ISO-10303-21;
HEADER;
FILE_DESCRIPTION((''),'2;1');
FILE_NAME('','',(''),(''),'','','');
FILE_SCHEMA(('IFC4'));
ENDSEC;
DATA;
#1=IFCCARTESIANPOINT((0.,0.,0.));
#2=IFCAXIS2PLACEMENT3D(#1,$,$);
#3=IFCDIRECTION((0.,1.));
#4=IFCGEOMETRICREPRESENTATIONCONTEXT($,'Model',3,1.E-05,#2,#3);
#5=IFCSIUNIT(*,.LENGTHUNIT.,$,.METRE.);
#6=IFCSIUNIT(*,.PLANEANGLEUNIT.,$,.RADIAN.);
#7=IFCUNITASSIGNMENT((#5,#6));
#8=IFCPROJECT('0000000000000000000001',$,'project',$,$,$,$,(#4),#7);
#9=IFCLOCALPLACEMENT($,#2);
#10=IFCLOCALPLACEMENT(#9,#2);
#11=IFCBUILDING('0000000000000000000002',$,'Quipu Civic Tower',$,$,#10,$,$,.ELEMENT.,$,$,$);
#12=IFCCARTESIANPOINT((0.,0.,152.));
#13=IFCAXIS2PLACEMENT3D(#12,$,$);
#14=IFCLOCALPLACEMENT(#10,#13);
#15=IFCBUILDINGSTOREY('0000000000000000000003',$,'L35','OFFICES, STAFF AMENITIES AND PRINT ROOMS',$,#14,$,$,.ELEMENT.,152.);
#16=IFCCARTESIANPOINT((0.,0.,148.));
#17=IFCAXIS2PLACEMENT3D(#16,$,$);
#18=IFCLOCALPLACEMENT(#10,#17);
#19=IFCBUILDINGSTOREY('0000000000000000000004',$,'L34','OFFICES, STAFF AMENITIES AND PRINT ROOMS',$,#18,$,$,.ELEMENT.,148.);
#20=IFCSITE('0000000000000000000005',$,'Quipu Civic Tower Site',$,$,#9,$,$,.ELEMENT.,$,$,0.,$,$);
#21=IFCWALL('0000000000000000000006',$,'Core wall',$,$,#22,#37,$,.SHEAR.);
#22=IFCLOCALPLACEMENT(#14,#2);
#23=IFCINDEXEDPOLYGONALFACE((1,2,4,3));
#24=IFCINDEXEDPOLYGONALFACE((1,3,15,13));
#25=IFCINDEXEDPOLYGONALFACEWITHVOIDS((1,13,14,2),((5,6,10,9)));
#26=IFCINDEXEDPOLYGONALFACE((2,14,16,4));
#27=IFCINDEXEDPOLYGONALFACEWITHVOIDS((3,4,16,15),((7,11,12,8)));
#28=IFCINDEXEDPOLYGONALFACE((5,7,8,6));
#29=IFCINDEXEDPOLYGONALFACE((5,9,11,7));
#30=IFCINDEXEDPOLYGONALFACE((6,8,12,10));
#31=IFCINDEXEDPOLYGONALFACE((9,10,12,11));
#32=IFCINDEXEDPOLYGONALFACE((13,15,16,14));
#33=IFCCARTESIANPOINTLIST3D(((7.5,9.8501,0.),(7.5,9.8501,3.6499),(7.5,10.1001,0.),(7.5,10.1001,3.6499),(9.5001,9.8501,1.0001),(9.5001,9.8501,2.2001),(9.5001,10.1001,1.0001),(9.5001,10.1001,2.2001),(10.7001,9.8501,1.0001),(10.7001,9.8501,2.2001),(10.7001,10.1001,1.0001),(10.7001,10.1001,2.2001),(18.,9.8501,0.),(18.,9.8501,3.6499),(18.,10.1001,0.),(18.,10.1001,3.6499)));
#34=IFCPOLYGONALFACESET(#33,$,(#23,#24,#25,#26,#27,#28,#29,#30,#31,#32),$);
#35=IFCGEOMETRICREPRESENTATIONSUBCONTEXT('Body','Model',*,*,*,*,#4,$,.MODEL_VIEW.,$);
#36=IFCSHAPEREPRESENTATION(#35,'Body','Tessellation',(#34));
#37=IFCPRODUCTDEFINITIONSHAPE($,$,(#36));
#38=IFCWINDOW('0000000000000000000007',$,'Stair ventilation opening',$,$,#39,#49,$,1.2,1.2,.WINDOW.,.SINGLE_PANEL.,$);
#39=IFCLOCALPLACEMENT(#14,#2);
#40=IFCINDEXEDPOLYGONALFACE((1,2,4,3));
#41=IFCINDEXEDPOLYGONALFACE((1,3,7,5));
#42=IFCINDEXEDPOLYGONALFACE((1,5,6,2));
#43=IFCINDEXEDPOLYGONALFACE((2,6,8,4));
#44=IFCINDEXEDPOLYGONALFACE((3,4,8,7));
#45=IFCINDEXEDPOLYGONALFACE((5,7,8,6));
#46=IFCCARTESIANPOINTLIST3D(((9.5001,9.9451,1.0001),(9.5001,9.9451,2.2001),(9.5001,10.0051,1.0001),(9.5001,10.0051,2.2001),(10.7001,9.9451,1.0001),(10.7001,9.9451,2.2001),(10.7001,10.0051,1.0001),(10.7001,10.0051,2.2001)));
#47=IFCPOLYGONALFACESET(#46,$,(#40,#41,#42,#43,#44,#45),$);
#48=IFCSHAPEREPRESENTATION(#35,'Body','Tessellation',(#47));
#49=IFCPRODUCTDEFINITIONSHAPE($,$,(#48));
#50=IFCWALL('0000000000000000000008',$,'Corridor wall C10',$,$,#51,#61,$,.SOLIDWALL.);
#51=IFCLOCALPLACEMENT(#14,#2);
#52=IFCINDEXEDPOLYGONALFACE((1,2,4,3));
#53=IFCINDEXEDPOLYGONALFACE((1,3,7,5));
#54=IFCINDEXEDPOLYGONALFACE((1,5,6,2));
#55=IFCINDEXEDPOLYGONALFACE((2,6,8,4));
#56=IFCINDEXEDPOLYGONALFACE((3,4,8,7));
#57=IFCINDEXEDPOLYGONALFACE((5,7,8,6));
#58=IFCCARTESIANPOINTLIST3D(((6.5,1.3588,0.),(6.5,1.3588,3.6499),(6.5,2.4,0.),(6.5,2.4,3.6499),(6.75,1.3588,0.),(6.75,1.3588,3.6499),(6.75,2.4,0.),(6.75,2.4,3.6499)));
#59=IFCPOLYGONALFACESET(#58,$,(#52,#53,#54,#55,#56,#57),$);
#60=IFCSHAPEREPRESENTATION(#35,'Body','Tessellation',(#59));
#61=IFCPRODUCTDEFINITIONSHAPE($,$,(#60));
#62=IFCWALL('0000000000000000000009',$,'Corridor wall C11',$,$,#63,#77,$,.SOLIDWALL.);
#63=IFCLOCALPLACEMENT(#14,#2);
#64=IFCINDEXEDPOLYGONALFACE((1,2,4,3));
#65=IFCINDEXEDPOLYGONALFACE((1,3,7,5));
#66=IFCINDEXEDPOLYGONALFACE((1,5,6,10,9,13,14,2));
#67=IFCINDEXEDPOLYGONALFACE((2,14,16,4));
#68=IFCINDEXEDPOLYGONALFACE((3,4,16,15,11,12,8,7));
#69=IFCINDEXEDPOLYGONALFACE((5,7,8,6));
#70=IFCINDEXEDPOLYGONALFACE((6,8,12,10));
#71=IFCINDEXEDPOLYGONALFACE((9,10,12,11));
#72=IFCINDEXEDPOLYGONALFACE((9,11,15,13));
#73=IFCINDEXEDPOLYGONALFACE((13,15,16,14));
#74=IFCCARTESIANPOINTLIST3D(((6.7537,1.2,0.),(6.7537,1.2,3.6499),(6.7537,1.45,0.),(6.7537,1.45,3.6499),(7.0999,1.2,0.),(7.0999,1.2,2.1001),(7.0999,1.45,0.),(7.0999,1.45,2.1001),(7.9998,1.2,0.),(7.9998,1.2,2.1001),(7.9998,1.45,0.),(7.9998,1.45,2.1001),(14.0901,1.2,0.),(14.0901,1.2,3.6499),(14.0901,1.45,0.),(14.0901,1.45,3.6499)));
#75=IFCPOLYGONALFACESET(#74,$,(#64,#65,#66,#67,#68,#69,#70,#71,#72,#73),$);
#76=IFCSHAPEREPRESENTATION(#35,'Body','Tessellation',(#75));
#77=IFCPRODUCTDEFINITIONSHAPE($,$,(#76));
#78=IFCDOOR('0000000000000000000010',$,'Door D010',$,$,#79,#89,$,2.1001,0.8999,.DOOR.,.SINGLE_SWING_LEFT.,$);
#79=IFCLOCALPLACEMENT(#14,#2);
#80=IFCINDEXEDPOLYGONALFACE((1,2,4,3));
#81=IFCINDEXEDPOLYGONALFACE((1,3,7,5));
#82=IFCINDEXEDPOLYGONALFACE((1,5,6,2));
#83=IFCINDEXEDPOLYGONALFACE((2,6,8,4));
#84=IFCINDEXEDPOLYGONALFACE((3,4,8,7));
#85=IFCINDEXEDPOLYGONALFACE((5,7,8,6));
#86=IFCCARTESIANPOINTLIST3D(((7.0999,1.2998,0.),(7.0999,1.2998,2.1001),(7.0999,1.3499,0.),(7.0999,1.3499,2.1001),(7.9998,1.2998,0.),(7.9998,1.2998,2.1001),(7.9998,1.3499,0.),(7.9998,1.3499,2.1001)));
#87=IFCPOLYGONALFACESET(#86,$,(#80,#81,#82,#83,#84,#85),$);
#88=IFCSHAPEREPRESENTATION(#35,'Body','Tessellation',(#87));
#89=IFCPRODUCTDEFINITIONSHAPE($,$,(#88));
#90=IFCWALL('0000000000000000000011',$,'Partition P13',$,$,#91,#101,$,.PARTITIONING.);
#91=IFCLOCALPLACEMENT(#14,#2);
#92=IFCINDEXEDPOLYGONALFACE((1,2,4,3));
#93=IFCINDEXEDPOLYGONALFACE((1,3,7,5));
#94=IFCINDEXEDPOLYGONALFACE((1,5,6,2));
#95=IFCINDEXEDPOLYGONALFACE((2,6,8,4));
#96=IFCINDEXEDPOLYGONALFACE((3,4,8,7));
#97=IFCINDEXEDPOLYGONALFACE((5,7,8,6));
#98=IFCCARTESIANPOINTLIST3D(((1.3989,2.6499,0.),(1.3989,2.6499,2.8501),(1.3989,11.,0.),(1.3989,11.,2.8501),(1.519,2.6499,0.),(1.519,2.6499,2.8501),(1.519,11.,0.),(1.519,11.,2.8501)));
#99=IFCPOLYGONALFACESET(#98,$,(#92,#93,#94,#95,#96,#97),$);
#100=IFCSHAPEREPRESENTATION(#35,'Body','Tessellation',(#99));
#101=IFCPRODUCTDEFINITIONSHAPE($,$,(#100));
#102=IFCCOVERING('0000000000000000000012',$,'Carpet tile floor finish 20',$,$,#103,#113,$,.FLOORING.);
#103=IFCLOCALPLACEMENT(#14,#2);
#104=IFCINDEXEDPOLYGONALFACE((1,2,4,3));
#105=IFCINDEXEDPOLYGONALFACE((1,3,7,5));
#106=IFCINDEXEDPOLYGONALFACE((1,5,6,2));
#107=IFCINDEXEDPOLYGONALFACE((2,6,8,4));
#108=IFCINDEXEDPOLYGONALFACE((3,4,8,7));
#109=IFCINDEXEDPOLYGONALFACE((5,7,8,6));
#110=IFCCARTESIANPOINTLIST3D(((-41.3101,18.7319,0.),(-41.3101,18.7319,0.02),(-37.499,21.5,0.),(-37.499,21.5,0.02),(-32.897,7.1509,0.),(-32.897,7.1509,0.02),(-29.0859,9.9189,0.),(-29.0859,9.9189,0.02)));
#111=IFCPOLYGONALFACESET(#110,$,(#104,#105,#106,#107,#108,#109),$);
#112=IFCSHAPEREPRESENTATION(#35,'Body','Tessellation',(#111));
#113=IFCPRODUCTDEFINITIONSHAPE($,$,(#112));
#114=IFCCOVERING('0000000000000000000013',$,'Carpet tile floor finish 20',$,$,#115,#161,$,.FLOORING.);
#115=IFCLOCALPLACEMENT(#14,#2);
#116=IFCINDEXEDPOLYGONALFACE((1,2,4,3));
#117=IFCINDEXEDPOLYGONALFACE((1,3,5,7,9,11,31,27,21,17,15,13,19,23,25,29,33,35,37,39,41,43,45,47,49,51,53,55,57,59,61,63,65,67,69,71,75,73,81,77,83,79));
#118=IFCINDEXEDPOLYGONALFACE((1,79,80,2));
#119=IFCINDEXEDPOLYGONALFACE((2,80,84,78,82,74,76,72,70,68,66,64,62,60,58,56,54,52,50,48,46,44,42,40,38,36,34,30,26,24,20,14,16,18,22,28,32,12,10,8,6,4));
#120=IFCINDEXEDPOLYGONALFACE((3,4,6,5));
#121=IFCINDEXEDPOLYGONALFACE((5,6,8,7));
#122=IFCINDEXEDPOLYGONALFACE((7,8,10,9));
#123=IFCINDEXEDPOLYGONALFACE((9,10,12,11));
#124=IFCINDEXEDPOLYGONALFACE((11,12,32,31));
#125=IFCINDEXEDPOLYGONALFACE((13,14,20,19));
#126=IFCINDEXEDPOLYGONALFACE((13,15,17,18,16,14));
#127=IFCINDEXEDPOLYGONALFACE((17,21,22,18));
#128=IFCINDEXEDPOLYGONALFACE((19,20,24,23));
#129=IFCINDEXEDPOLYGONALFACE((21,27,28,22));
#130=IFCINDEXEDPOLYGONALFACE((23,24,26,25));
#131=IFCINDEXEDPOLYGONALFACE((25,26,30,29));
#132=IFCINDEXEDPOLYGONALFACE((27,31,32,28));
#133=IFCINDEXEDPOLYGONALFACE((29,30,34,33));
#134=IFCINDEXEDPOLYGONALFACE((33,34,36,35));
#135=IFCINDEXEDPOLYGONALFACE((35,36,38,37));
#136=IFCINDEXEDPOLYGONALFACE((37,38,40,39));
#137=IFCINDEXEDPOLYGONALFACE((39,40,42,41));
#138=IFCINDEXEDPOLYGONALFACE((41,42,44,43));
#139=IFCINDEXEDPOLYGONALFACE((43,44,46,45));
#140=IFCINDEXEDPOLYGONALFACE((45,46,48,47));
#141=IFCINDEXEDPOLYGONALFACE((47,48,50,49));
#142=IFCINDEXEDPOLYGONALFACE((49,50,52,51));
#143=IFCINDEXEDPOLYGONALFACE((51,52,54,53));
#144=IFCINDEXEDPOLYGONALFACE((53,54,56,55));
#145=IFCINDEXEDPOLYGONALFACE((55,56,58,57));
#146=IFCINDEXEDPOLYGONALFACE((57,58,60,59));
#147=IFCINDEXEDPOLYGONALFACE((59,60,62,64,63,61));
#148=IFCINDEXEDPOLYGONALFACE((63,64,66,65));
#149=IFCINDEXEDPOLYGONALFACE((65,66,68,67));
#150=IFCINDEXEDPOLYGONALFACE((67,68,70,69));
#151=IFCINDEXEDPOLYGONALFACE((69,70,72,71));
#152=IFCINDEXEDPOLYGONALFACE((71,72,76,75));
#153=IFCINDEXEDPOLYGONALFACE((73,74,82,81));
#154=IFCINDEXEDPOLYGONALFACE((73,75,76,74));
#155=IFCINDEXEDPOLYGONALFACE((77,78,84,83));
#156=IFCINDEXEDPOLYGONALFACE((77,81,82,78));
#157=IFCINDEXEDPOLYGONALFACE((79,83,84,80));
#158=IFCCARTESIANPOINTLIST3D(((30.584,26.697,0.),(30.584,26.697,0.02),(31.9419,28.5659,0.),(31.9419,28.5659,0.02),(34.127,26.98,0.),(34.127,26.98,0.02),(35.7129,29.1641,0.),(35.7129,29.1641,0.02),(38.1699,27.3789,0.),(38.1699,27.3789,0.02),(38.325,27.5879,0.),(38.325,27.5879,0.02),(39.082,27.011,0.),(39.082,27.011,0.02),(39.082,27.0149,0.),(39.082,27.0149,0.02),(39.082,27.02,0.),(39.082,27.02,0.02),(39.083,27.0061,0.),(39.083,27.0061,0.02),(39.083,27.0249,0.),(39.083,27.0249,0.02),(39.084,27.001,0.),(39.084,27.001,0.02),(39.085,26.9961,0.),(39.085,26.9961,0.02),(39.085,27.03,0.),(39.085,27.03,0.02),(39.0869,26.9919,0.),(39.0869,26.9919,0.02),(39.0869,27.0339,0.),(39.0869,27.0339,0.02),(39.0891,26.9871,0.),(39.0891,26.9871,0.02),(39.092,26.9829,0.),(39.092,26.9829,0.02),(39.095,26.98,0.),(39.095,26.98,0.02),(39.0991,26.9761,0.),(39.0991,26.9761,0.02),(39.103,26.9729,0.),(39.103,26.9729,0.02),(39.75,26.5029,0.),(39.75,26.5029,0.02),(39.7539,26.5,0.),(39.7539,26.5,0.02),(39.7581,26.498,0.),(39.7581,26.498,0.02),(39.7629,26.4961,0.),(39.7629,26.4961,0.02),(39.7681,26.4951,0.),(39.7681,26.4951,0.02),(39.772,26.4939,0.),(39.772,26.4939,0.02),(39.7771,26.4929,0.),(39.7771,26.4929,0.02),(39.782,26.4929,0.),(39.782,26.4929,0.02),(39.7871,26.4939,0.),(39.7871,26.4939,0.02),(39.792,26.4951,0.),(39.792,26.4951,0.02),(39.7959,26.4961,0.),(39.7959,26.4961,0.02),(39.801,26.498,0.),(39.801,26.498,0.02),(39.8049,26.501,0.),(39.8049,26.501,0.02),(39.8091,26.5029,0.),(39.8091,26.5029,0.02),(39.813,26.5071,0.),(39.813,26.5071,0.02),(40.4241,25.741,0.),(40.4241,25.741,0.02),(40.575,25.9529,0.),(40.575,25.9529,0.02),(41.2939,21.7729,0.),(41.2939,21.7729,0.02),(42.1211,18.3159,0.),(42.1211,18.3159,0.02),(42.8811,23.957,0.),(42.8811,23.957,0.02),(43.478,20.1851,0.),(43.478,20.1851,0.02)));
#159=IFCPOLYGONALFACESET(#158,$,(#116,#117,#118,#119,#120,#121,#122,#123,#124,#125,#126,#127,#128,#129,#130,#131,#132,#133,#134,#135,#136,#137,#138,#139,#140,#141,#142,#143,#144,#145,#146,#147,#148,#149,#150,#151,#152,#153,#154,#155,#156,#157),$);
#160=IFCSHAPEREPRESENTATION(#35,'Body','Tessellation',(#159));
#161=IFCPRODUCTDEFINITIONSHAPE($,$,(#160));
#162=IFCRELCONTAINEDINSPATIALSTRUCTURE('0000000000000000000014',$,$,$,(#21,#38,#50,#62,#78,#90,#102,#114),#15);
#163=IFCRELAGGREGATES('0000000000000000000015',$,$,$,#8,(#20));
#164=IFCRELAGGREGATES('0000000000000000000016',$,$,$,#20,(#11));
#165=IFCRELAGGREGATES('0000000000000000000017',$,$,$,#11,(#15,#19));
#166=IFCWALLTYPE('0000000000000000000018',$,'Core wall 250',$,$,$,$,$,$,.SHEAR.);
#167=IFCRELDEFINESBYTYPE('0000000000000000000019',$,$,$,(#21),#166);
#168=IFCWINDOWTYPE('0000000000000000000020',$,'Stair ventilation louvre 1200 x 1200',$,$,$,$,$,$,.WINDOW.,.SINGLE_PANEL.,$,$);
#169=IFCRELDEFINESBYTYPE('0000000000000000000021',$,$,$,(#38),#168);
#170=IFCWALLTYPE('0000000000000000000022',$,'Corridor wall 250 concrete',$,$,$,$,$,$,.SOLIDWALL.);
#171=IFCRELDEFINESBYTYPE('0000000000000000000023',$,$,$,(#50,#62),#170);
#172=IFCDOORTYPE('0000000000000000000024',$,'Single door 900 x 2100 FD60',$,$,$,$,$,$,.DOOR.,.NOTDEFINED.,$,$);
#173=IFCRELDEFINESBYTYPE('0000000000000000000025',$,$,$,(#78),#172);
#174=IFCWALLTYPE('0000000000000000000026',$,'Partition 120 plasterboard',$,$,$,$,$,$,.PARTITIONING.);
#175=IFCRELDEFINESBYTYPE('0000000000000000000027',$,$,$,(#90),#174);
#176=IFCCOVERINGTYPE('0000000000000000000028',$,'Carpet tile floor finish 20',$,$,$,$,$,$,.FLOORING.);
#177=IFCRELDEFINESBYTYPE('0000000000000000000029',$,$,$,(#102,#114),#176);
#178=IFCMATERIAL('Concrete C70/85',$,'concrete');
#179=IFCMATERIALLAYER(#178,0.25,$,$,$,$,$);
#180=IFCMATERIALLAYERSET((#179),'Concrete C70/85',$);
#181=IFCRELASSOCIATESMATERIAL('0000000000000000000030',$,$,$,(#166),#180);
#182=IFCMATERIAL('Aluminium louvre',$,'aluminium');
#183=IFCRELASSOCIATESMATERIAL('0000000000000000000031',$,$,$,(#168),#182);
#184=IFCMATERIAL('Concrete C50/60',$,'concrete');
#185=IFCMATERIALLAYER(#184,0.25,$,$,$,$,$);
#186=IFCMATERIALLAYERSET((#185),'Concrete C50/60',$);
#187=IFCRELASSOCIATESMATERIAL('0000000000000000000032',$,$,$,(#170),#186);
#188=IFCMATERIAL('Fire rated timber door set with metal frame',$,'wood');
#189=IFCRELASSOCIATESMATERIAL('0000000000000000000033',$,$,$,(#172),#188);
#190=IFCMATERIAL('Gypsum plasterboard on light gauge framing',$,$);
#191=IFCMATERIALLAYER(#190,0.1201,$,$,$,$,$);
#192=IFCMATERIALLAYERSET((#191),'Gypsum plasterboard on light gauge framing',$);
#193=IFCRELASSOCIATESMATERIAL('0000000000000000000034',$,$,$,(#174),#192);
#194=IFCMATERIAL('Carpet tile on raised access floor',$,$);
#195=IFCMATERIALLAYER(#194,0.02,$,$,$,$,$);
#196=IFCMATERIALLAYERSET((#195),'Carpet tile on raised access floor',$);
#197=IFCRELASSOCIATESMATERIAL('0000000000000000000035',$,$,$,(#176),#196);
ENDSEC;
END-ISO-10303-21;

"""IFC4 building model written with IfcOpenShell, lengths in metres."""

from ifc_helpers import new_model, si_unit, direction, frame, frame_2d, origin, place, context, subcontext, project, spatial, polyline, rectangle, outline, extrude, material, layer, layer_set, type_object, element, fill, save


model = new_model("IFC4")

# Units and contexts
model_context = context("Model", 3, precision=1e-05, world=origin(), true_north=direction((0.0, 1.0)))
body_context = subcontext(model_context, "Body", "Model", "MODEL_VIEW")
ifc_project = project(units=[si_unit("LENGTHUNIT", "METRE"), si_unit("PLANEANGLEUNIT", "RADIAN")], contexts=[model_context])

# Site, building, storey
site_placement = place(None, origin())
site = spatial("IfcSite", under=ifc_project, at=site_placement, Name="Quipu Civic Tower Site", CompositionType="ELEMENT", RefElevation=0.0)
building_placement = place(site_placement, origin())
building = spatial("IfcBuilding", under=site, at=building_placement, Name="Quipu Civic Tower", CompositionType="ELEMENT")
storey_1_placement = place(building_placement, frame((0.0, 0.0, 152.0)))
storey_1 = spatial("IfcBuildingStorey", under=building, at=storey_1_placement, Name="L35", Description="OFFICES, STAFF AMENITIES AND PRINT ROOMS", CompositionType="ELEMENT", Elevation=152.0)

# Shared definitions
storey_2_placement = place(building_placement, frame((0.0, 0.0, 148.0)))
storey_2 = spatial("IfcBuildingStorey", under=building, at=storey_2_placement, Name="L34", Description="OFFICES, STAFF AMENITIES AND PRINT ROOMS", CompositionType="ELEMENT", Elevation=148.0)

# Shared definitions
ifc_material_1 = material(Name="Concrete C70/85", Category="concrete")
ifc_layer_1 = layer(ifc_material_1, 0.25)
ifc_layer_set_1 = layer_set([ifc_layer_1], Name="Concrete C70/85")
wall_type_1 = type_object("IfcWallType", Name="Core wall 250", PredefinedType="SHEAR", material=ifc_layer_set_1)

# Wall, opening, window
wall_1_placement = place(storey_1_placement, frame((7.5, 9.9751, 0.0), z_axis=(0.0, 0.0, 1.0), x_axis=(1.0, 0.0, 0.0)))
wall_1 = element("IfcWall", 1, at=wall_1_placement, inside=storey_1, type_object=wall_type_1, Name="Core wall", PredefinedType="SHEAR", context=body_context, shape_type="SweptSolid", body=[
    extrude(rectangle(XDim=10.5, YDim=0.25, at=frame_2d((5.25, 0.0))), origin(), (0.0, 0.0, 1.0), 3.6499),
])
opening_1_placement = place(wall_1_placement, frame((2.0, 0.0, 1.0)))
opening_1 = element("IfcOpeningElement", 2, at=opening_1_placement, cuts=wall_1, PredefinedType="OPENING", context=body_context, shape_type="SweptSolid", body=[
    extrude(rectangle(XDim=1.2, YDim=1.2, at=frame_2d((0.6001, 0.6001))), frame((0.0, 0.135, 0.0), z_axis=(0.0, -1.0, 0.0), x_axis=(1.0, 0.0, 0.0)), (0.0, 0.0, 1.0), 0.27),
])
ifc_material_2 = material(Name="Aluminium louvre", Category="aluminium")
window_type = type_object("IfcWindowType", Name="Stair ventilation louvre 1200 x 1200", PartitioningType="SINGLE_PANEL", PredefinedType="WINDOW", material=ifc_material_2)
window_placement = place(opening_1_placement, origin())
window = element("IfcWindow", 3, at=window_placement, inside=storey_1, type_object=window_type, Name="Stair ventilation opening", OverallHeight=1.2, OverallWidth=1.2, PartitioningType="SINGLE_PANEL", PredefinedType="WINDOW", context=body_context, shape_type="SweptSolid", body=[
    extrude(rectangle(XDim=1.2, YDim=1.2, at=frame_2d((0.6001, 0.6001))), frame((0.0, 0.03, 0.0), z_axis=(0.0, -1.0, 0.0), x_axis=(1.0, 0.0, 0.0)), (0.0, 0.0, 1.0), 0.0601),
])
fill(opening_1, window)

# Wall
ifc_material_3 = material(Name="Concrete C50/60", Category="concrete")
ifc_layer_2 = layer(ifc_material_3, 0.25)
ifc_layer_set_2 = layer_set([ifc_layer_2], Name="Concrete C50/60")
wall_type_2 = type_object("IfcWallType", Name="Corridor wall 250 concrete", PredefinedType="SOLIDWALL", material=ifc_layer_set_2)
wall_2_placement = place(storey_1_placement, frame((6.625, 2.3999, 0.0), z_axis=(0.0, 0.0, 1.0), x_axis=(0.0, -1.0, 0.0)))
element("IfcWall", 4, at=wall_2_placement, inside=storey_1, type_object=wall_type_2, Name="Corridor wall C10", PredefinedType="SOLIDWALL", context=body_context, shape_type="SweptSolid", body=[
    extrude(rectangle(XDim=1.0413, YDim=0.25, at=frame_2d((0.5205, 0.0))), origin(), (0.0, 0.0, 1.0), 3.6499),
])

# Wall, opening, door
wall_3_placement = place(storey_1_placement, frame((6.7537, 1.325, 0.0), z_axis=(0.0, 0.0, 1.0), x_axis=(1.0, 0.0, 0.0)))
wall_3 = element("IfcWall", 5, at=wall_3_placement, inside=storey_1, type_object=wall_type_2, Name="Corridor wall C11", PredefinedType="SOLIDWALL", context=body_context, shape_type="SweptSolid", body=[
    extrude(rectangle(XDim=7.3364, YDim=0.25, at=frame_2d((3.6682, 0.0))), origin(), (0.0, 0.0, 1.0), 3.6499),
])
opening_2_placement = place(wall_3_placement, frame((0.3462, 0.0, 0.0)))
opening_2 = element("IfcOpeningElement", 6, at=opening_2_placement, cuts=wall_3, PredefinedType="OPENING", context=body_context, shape_type="SweptSolid", body=[
    extrude(rectangle(XDim=0.8999, YDim=2.1001, at=frame_2d((0.45, 1.05))), frame((0.0, 0.135, 0.0), z_axis=(0.0, -1.0, 0.0), x_axis=(1.0, 0.0, 0.0)), (0.0, 0.0, 1.0), 0.27),
])
ifc_material_4 = material(Name="Fire rated timber door set with metal frame", Category="wood")
door_type_1 = type_object("IfcDoorType", Name="Single door 900 x 2100 FD60", OperationType="NOTDEFINED", PredefinedType="DOOR", material=ifc_material_4)
door_1_placement = place(opening_2_placement, origin())
door_1 = element("IfcDoor", 7, at=door_1_placement, inside=storey_1, type_object=door_type_1, Name="Door D010", OperationType="SINGLE_SWING_LEFT", OverallHeight=2.1001, OverallWidth=0.8999, PredefinedType="DOOR", context=body_context, shape_type="SweptSolid", body=[
    extrude(rectangle(XDim=0.8999, YDim=2.1001, at=frame_2d((0.45, 1.05))), frame((0.0, 0.0249, 0.0), z_axis=(0.0, -1.0, 0.0), x_axis=(1.0, 0.0, 0.0)), (0.0, 0.0, 1.0), 0.05),
])
fill(opening_2, door_1)

# Wall
ifc_material_5 = material(Name="Gypsum plasterboard on light gauge framing")
ifc_layer_3 = layer(ifc_material_5, 0.1201)
ifc_layer_set_3 = layer_set([ifc_layer_3], Name="Gypsum plasterboard on light gauge framing")
wall_type_3 = type_object("IfcWallType", Name="Partition 120 plasterboard", PredefinedType="PARTITIONING", material=ifc_layer_set_3)
wall_4_placement = place(storey_1_placement, frame((1.459, 11.0, 0.0), z_axis=(0.0, 0.0, 1.0), x_axis=(0.0, -1.0, 0.0)))
element("IfcWall", 8, at=wall_4_placement, inside=storey_1, type_object=wall_type_3, Name="Partition P13", PredefinedType="PARTITIONING", context=body_context, shape_type="SweptSolid", body=[
    extrude(rectangle(XDim=8.3501, YDim=0.1201, at=frame_2d((4.175, 0.0))), origin(), (0.0, 0.0, 1.0), 2.8501),
])

# Coverings
ifc_material_6 = material(Name="Carpet tile on raised access floor")
ifc_layer_4 = layer(ifc_material_6, 0.02)
ifc_layer_set_4 = layer_set([ifc_layer_4], Name="Carpet tile on raised access floor")
covering_type_1 = type_object("IfcCoveringType", Name="Carpet tile floor finish 20", PredefinedType="FLOORING", material=ifc_layer_set_4)
covering_1_placement = place(storey_1_placement, origin())
element("IfcCovering", 9, at=covering_1_placement, inside=storey_1, type_object=covering_type_1, Name="Carpet tile floor finish 20", PredefinedType="FLOORING", context=body_context, shape_type="SweptSolid", body=[
    extrude(outline(polyline([(-41.3101, 18.7319), (-37.499, 21.5), (-29.0859, 9.9189), (-32.897, 7.1509), (-41.3101, 18.7319)])), origin(), (0.0, 0.0, 1.0), 0.02),
])
covering_2_placement = place(storey_1_placement, origin())
element("IfcCovering", 10, at=covering_2_placement, inside=storey_1, type_object=covering_type_1, Name="Carpet tile floor finish 20", PredefinedType="FLOORING", context=body_context, shape_type="SweptSolid", body=[
    extrude(outline(polyline([(30.584, 26.697), (31.9419, 28.5659), (34.127, 26.98), (35.7129, 29.1641), (38.1699, 27.3789), (38.325, 27.5879), (39.0869, 27.0339), (39.085, 27.03), (39.083, 27.0249), (39.082, 27.02), (39.082, 27.0149), (39.082, 27.011), (39.083, 27.0061), (39.084, 27.001), (39.085, 26.9961), (39.0869, 26.9919), (39.0891, 26.9871), (39.092, 26.9829), (39.095, 26.98), (39.0991, 26.9761), (39.103, 26.9729), (39.75, 26.5029), (39.7539, 26.5), (39.7581, 26.498), (39.7629, 26.4961), (39.7681, 26.4951), (39.772, 26.4939), (39.7771, 26.4929), (39.782, 26.4929), (39.7871, 26.4939), (39.792, 26.4951), (39.7959, 26.4961), (39.801, 26.498), (39.8049, 26.501), (39.8091, 26.5029), (39.813, 26.5071), (40.575, 25.9529), (40.4241, 25.741), (42.8811, 23.957), (41.2939, 21.7729), (43.478, 20.1851), (42.1211, 18.3159), (30.584, 26.697)])), origin(), (0.0, 0.0, 1.0), 0.02),
])

save(model, "model.ifc")
